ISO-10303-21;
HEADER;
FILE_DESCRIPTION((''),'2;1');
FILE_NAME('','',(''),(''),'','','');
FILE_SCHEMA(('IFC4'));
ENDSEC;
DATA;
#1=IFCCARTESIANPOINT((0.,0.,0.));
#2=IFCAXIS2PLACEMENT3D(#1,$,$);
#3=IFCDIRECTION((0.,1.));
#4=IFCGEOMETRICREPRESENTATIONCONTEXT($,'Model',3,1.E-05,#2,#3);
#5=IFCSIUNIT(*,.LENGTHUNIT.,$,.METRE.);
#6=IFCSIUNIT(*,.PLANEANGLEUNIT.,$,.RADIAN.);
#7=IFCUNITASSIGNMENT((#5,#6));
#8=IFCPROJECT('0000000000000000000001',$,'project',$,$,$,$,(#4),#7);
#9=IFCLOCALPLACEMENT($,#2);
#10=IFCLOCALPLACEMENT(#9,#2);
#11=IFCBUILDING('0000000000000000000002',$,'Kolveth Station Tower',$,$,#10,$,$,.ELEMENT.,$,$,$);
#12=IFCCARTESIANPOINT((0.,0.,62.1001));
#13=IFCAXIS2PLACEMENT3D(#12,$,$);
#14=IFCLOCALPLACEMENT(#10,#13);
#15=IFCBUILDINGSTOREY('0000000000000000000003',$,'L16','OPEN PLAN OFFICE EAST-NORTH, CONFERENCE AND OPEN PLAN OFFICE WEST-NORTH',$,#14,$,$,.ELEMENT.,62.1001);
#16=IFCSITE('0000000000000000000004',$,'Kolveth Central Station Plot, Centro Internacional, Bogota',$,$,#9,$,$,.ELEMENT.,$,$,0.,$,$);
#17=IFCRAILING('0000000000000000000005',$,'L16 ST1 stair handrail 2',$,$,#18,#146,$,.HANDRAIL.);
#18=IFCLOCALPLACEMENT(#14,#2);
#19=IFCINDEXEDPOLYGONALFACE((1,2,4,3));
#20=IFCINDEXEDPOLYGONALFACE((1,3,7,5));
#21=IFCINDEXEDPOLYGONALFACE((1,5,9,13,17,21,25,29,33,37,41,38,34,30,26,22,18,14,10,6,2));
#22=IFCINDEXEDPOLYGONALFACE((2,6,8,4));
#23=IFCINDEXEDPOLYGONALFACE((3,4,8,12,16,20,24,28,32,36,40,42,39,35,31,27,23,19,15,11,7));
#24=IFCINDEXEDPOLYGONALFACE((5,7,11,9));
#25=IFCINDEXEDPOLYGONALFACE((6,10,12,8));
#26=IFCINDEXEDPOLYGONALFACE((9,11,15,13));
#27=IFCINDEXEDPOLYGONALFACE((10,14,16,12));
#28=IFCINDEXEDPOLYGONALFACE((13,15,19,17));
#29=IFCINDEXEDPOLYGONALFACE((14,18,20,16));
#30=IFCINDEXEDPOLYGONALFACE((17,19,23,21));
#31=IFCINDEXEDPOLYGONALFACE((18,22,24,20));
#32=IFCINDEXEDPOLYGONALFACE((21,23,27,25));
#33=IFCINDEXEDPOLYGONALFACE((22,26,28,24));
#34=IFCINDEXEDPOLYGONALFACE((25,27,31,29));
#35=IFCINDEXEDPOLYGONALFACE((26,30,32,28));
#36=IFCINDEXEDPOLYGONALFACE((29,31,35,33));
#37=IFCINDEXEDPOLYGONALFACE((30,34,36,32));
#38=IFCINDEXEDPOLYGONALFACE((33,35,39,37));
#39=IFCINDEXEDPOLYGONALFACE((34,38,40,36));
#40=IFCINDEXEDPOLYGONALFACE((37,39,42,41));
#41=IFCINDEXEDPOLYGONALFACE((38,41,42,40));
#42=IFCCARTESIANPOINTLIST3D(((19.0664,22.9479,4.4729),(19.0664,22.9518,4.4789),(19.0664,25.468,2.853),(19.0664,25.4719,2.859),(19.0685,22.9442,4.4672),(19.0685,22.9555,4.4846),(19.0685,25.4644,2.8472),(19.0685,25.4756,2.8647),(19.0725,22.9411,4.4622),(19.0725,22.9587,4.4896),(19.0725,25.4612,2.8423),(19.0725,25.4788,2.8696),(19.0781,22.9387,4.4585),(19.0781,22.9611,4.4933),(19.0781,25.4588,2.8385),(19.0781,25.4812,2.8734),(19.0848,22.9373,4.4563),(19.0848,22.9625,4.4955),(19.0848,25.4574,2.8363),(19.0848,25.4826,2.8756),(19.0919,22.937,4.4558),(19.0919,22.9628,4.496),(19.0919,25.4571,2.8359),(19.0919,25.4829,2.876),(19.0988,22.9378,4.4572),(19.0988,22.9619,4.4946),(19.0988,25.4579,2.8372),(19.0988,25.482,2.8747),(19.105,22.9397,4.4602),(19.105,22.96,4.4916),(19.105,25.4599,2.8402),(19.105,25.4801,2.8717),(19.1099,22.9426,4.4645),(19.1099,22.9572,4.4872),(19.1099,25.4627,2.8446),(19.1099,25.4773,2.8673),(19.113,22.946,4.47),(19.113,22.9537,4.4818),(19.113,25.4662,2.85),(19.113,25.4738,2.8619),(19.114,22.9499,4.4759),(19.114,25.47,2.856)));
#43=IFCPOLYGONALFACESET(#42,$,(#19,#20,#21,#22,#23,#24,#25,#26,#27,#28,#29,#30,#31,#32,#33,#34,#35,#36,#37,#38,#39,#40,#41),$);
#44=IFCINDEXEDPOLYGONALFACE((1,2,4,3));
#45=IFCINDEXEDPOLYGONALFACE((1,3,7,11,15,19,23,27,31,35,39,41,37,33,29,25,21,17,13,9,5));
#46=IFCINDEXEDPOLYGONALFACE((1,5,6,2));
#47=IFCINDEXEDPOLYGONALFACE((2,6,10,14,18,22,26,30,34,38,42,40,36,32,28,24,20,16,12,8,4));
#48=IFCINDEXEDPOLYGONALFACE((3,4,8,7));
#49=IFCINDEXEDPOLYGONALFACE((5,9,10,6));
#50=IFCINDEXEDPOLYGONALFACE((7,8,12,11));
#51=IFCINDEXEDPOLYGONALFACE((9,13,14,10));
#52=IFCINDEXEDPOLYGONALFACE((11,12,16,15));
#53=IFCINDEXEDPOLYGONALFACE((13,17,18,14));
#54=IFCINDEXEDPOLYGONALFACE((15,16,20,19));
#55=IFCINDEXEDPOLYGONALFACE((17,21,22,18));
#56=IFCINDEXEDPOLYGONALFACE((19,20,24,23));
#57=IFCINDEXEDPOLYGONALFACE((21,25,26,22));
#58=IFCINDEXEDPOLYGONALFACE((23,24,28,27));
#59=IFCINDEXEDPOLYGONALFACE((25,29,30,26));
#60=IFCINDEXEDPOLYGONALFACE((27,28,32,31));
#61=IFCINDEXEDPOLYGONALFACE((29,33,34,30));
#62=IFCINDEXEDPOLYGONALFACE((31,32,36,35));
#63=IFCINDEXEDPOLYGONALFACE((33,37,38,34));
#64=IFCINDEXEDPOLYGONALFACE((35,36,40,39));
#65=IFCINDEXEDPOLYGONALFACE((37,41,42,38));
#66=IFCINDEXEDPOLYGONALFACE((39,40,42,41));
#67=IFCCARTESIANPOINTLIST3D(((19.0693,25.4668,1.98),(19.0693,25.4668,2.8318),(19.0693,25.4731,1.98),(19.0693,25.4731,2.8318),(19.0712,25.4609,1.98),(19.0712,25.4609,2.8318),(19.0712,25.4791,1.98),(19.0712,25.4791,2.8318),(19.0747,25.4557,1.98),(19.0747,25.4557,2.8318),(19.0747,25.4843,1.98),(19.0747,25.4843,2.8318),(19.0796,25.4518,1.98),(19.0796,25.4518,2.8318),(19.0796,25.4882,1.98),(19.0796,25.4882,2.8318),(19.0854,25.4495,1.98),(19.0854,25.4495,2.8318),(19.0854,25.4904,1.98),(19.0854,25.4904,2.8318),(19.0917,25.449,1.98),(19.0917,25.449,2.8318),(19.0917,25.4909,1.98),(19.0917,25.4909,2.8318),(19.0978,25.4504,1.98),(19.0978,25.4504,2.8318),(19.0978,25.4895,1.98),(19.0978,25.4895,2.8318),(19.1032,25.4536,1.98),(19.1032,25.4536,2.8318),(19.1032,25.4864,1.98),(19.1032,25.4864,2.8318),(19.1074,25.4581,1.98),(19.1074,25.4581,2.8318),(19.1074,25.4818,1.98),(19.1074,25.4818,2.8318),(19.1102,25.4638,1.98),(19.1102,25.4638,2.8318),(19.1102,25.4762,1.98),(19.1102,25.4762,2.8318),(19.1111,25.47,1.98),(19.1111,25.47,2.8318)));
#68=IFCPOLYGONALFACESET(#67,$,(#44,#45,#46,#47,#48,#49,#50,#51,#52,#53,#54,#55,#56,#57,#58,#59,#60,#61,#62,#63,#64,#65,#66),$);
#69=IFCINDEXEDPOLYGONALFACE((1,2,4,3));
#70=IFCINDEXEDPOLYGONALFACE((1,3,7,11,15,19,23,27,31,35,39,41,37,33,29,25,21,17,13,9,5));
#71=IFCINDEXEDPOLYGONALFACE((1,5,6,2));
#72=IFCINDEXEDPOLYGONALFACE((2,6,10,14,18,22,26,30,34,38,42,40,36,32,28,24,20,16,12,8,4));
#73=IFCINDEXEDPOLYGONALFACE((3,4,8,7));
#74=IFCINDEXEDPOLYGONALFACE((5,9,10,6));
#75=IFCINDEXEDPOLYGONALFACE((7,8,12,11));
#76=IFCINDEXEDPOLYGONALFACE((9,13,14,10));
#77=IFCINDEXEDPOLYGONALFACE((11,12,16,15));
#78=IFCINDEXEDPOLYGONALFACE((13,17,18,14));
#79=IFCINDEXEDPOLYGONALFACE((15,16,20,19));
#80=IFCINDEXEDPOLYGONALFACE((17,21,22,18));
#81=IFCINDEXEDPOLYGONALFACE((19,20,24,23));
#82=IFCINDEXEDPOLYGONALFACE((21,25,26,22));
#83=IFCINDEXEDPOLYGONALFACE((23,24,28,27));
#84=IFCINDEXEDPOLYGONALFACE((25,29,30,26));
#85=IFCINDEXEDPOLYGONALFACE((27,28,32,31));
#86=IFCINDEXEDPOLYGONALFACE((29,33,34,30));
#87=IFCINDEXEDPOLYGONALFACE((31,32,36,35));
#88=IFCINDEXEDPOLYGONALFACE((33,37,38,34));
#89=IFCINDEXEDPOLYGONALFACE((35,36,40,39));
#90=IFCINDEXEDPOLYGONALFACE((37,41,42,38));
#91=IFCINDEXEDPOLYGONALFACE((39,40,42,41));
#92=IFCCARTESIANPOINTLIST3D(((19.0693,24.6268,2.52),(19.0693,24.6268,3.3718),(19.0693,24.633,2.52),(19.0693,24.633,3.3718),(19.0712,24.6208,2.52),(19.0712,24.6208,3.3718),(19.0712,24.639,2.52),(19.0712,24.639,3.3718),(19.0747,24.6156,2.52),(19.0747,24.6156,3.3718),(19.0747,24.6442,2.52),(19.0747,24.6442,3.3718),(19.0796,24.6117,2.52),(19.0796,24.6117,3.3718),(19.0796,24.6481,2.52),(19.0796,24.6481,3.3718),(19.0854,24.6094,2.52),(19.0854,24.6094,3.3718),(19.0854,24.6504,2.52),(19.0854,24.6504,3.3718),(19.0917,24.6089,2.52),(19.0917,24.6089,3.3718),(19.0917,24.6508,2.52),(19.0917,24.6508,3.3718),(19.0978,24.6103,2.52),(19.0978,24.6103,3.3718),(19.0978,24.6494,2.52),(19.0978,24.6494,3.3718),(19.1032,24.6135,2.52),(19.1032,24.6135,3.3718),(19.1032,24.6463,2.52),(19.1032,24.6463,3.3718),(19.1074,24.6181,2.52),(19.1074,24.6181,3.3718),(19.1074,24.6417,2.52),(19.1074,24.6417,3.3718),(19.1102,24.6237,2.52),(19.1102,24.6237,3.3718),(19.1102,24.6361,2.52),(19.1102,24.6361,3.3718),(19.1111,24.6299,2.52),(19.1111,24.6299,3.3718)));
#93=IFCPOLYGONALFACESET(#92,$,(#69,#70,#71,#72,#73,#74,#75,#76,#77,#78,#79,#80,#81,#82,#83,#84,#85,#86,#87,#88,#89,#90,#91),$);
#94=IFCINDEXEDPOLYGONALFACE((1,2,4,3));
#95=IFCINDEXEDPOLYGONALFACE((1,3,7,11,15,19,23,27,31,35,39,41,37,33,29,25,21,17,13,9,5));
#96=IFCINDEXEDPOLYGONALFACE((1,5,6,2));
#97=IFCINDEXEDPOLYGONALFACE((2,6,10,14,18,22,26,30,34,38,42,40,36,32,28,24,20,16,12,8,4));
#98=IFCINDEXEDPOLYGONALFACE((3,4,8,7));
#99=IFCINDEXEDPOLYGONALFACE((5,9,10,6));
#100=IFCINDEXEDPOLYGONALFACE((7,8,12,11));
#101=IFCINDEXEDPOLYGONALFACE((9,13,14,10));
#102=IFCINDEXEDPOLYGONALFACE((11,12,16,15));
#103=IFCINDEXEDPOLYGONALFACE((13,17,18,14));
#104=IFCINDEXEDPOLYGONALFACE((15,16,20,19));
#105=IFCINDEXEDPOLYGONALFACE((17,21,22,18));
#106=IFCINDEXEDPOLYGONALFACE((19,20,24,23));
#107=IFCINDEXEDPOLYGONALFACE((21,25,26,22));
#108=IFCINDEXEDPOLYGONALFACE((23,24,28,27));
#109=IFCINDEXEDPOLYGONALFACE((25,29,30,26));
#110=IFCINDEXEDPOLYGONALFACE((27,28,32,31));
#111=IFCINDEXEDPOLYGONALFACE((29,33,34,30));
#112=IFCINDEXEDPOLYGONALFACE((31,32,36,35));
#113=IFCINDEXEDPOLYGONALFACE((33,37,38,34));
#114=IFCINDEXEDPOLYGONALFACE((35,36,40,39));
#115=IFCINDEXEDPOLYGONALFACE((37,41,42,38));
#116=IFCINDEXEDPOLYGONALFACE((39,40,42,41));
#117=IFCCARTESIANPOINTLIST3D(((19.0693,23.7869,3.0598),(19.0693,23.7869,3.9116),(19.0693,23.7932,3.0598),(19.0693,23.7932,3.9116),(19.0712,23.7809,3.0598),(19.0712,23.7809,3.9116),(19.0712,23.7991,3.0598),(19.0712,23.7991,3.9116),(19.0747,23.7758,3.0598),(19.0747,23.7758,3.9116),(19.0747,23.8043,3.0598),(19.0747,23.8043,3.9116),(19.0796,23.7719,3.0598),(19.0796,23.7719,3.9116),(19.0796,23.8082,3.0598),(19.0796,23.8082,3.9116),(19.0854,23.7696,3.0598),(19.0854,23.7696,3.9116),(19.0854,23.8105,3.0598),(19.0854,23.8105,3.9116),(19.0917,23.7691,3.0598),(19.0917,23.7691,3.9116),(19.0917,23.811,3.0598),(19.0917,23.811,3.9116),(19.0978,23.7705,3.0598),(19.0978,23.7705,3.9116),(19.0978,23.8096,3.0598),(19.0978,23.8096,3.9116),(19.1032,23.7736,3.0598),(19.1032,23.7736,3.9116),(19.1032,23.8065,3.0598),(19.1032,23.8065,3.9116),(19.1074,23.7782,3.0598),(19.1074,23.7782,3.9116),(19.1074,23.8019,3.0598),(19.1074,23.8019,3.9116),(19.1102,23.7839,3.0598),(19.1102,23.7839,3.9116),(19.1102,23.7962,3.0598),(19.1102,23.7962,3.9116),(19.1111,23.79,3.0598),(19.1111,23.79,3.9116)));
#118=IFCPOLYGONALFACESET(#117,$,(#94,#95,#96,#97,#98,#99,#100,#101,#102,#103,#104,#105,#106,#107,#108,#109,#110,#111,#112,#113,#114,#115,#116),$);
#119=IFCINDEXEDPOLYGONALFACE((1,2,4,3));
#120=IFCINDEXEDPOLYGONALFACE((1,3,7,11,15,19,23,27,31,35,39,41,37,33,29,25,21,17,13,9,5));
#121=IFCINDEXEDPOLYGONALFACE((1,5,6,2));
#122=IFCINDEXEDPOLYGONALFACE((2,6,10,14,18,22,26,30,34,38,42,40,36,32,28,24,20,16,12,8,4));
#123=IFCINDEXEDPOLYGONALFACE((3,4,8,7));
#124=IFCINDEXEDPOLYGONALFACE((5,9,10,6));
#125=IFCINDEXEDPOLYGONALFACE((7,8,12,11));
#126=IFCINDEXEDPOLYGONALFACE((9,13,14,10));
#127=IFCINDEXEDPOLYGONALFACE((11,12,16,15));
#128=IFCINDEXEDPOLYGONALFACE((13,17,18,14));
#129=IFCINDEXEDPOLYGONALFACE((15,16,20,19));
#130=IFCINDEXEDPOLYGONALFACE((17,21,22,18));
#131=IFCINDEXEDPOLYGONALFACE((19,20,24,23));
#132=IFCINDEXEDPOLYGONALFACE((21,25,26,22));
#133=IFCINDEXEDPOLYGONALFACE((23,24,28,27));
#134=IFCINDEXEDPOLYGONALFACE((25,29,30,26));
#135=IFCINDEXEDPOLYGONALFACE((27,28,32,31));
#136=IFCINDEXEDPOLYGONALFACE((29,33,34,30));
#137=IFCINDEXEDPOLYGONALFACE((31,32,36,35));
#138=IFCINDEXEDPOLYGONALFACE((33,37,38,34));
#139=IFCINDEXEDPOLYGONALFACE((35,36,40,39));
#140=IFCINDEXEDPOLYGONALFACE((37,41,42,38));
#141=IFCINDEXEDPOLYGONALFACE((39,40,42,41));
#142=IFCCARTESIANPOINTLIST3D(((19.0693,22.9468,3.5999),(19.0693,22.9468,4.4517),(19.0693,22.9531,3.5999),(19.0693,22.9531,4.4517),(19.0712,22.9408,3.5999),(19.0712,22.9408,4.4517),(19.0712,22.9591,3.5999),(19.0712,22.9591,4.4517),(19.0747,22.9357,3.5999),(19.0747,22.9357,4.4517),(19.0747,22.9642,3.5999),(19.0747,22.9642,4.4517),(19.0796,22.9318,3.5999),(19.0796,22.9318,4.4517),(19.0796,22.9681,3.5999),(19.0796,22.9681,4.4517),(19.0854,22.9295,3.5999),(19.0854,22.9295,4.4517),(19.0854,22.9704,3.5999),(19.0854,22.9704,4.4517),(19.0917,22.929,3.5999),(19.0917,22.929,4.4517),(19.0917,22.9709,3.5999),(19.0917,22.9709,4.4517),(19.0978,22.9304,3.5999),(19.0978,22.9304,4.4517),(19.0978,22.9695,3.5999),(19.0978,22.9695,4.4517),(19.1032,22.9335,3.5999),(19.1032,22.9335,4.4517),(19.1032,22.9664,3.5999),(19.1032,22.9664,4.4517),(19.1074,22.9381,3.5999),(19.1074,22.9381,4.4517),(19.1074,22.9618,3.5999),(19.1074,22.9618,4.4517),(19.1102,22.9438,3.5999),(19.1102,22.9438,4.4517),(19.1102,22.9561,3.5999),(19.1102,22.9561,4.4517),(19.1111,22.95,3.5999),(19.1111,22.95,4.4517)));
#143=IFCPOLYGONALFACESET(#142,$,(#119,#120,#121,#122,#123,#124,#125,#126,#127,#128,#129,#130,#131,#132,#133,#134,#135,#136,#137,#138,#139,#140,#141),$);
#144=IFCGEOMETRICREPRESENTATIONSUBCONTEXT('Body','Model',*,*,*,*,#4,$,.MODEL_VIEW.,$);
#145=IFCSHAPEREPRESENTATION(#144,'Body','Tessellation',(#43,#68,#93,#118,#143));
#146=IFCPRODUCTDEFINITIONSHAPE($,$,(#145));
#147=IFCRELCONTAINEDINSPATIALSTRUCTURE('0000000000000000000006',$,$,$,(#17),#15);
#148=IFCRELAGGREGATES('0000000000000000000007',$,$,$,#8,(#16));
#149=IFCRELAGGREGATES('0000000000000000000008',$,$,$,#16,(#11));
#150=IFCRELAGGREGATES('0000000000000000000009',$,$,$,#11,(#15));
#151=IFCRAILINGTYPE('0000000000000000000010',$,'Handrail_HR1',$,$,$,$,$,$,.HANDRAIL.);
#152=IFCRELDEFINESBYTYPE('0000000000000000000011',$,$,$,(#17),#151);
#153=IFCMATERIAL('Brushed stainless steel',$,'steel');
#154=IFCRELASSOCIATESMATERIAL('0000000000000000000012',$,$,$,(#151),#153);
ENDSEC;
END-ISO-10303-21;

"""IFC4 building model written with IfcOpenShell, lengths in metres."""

from ifc_helpers import new_model, si_unit, direction, frame, origin, origin_2d, place, context, subcontext, project, spatial, circle, extrude, material, type_object, element, save


model = new_model("IFC4")

# Units and contexts
model_context = context("Model", 3, precision=1e-05, world=origin(), true_north=direction((0.0, 1.0)))
body_context = subcontext(model_context, "Body", "Model", "MODEL_VIEW")
ifc_project = project(units=[si_unit("LENGTHUNIT", "METRE"), si_unit("PLANEANGLEUNIT", "RADIAN")], contexts=[model_context])

# Site, building, storey
site_placement = place(None, origin())
site = spatial("IfcSite", under=ifc_project, at=site_placement, Name="Kolveth Central Station Plot, Centro Internacional, Bogota", CompositionType="ELEMENT", RefElevation=0.0)
building_placement = place(site_placement, origin())
building = spatial("IfcBuilding", under=site, at=building_placement, Name="Kolveth Station Tower", CompositionType="ELEMENT")
storey_placement = place(building_placement, frame((0.0, 0.0, 62.1001)))
storey = spatial("IfcBuildingStorey", under=building, at=storey_placement, Name="L16", Description="OPEN PLAN OFFICE EAST-NORTH, CONFERENCE AND OPEN PLAN OFFICE WEST-NORTH", CompositionType="ELEMENT", Elevation=62.1001)

# Railing
ifc_material_1 = material(Name="Brushed stainless steel", Category="steel")
railing_type_1 = type_object("IfcRailingType", Name="Handrail_HR1", PredefinedType="HANDRAIL", material=ifc_material_1)
railing_1_placement = place(storey_placement, frame((19.0901, 25.47, 1.98)))
element("IfcRailing", 1, at=railing_1_placement, inside=storey, type_object=railing_type_1, Name="L16 ST1 stair handrail 2", PredefinedType="HANDRAIL", context=body_context, shape_type="SweptSolid", body=[
    extrude(circle(Radius=0.0239, at=origin_2d()), frame((0.0, 0.0, 0.876), z_axis=(0.0, -0.8412, 0.540725), x_axis=(1.0, 0.0, 0.0)), (0.0, 0.0, 1.0), 2.9958),
    extrude(circle(Radius=0.021, at=origin_2d()), origin(), (0.0, 0.0, 1.0), 0.8518),
    extrude(circle(Radius=0.021, at=origin_2d()), frame((0.0, -0.8401, 0.54)), (0.0, 0.0, 1.0), 0.8518),
    extrude(circle(Radius=0.021, at=origin_2d()), frame((0.0, -1.6799, 1.0798)), (0.0, 0.0, 1.0), 0.8518),
    extrude(circle(Radius=0.021, at=origin_2d()), frame((0.0, -2.52, 1.6199)), (0.0, 0.0, 1.0), 0.8518),
])

save(model, "model.ifc")
